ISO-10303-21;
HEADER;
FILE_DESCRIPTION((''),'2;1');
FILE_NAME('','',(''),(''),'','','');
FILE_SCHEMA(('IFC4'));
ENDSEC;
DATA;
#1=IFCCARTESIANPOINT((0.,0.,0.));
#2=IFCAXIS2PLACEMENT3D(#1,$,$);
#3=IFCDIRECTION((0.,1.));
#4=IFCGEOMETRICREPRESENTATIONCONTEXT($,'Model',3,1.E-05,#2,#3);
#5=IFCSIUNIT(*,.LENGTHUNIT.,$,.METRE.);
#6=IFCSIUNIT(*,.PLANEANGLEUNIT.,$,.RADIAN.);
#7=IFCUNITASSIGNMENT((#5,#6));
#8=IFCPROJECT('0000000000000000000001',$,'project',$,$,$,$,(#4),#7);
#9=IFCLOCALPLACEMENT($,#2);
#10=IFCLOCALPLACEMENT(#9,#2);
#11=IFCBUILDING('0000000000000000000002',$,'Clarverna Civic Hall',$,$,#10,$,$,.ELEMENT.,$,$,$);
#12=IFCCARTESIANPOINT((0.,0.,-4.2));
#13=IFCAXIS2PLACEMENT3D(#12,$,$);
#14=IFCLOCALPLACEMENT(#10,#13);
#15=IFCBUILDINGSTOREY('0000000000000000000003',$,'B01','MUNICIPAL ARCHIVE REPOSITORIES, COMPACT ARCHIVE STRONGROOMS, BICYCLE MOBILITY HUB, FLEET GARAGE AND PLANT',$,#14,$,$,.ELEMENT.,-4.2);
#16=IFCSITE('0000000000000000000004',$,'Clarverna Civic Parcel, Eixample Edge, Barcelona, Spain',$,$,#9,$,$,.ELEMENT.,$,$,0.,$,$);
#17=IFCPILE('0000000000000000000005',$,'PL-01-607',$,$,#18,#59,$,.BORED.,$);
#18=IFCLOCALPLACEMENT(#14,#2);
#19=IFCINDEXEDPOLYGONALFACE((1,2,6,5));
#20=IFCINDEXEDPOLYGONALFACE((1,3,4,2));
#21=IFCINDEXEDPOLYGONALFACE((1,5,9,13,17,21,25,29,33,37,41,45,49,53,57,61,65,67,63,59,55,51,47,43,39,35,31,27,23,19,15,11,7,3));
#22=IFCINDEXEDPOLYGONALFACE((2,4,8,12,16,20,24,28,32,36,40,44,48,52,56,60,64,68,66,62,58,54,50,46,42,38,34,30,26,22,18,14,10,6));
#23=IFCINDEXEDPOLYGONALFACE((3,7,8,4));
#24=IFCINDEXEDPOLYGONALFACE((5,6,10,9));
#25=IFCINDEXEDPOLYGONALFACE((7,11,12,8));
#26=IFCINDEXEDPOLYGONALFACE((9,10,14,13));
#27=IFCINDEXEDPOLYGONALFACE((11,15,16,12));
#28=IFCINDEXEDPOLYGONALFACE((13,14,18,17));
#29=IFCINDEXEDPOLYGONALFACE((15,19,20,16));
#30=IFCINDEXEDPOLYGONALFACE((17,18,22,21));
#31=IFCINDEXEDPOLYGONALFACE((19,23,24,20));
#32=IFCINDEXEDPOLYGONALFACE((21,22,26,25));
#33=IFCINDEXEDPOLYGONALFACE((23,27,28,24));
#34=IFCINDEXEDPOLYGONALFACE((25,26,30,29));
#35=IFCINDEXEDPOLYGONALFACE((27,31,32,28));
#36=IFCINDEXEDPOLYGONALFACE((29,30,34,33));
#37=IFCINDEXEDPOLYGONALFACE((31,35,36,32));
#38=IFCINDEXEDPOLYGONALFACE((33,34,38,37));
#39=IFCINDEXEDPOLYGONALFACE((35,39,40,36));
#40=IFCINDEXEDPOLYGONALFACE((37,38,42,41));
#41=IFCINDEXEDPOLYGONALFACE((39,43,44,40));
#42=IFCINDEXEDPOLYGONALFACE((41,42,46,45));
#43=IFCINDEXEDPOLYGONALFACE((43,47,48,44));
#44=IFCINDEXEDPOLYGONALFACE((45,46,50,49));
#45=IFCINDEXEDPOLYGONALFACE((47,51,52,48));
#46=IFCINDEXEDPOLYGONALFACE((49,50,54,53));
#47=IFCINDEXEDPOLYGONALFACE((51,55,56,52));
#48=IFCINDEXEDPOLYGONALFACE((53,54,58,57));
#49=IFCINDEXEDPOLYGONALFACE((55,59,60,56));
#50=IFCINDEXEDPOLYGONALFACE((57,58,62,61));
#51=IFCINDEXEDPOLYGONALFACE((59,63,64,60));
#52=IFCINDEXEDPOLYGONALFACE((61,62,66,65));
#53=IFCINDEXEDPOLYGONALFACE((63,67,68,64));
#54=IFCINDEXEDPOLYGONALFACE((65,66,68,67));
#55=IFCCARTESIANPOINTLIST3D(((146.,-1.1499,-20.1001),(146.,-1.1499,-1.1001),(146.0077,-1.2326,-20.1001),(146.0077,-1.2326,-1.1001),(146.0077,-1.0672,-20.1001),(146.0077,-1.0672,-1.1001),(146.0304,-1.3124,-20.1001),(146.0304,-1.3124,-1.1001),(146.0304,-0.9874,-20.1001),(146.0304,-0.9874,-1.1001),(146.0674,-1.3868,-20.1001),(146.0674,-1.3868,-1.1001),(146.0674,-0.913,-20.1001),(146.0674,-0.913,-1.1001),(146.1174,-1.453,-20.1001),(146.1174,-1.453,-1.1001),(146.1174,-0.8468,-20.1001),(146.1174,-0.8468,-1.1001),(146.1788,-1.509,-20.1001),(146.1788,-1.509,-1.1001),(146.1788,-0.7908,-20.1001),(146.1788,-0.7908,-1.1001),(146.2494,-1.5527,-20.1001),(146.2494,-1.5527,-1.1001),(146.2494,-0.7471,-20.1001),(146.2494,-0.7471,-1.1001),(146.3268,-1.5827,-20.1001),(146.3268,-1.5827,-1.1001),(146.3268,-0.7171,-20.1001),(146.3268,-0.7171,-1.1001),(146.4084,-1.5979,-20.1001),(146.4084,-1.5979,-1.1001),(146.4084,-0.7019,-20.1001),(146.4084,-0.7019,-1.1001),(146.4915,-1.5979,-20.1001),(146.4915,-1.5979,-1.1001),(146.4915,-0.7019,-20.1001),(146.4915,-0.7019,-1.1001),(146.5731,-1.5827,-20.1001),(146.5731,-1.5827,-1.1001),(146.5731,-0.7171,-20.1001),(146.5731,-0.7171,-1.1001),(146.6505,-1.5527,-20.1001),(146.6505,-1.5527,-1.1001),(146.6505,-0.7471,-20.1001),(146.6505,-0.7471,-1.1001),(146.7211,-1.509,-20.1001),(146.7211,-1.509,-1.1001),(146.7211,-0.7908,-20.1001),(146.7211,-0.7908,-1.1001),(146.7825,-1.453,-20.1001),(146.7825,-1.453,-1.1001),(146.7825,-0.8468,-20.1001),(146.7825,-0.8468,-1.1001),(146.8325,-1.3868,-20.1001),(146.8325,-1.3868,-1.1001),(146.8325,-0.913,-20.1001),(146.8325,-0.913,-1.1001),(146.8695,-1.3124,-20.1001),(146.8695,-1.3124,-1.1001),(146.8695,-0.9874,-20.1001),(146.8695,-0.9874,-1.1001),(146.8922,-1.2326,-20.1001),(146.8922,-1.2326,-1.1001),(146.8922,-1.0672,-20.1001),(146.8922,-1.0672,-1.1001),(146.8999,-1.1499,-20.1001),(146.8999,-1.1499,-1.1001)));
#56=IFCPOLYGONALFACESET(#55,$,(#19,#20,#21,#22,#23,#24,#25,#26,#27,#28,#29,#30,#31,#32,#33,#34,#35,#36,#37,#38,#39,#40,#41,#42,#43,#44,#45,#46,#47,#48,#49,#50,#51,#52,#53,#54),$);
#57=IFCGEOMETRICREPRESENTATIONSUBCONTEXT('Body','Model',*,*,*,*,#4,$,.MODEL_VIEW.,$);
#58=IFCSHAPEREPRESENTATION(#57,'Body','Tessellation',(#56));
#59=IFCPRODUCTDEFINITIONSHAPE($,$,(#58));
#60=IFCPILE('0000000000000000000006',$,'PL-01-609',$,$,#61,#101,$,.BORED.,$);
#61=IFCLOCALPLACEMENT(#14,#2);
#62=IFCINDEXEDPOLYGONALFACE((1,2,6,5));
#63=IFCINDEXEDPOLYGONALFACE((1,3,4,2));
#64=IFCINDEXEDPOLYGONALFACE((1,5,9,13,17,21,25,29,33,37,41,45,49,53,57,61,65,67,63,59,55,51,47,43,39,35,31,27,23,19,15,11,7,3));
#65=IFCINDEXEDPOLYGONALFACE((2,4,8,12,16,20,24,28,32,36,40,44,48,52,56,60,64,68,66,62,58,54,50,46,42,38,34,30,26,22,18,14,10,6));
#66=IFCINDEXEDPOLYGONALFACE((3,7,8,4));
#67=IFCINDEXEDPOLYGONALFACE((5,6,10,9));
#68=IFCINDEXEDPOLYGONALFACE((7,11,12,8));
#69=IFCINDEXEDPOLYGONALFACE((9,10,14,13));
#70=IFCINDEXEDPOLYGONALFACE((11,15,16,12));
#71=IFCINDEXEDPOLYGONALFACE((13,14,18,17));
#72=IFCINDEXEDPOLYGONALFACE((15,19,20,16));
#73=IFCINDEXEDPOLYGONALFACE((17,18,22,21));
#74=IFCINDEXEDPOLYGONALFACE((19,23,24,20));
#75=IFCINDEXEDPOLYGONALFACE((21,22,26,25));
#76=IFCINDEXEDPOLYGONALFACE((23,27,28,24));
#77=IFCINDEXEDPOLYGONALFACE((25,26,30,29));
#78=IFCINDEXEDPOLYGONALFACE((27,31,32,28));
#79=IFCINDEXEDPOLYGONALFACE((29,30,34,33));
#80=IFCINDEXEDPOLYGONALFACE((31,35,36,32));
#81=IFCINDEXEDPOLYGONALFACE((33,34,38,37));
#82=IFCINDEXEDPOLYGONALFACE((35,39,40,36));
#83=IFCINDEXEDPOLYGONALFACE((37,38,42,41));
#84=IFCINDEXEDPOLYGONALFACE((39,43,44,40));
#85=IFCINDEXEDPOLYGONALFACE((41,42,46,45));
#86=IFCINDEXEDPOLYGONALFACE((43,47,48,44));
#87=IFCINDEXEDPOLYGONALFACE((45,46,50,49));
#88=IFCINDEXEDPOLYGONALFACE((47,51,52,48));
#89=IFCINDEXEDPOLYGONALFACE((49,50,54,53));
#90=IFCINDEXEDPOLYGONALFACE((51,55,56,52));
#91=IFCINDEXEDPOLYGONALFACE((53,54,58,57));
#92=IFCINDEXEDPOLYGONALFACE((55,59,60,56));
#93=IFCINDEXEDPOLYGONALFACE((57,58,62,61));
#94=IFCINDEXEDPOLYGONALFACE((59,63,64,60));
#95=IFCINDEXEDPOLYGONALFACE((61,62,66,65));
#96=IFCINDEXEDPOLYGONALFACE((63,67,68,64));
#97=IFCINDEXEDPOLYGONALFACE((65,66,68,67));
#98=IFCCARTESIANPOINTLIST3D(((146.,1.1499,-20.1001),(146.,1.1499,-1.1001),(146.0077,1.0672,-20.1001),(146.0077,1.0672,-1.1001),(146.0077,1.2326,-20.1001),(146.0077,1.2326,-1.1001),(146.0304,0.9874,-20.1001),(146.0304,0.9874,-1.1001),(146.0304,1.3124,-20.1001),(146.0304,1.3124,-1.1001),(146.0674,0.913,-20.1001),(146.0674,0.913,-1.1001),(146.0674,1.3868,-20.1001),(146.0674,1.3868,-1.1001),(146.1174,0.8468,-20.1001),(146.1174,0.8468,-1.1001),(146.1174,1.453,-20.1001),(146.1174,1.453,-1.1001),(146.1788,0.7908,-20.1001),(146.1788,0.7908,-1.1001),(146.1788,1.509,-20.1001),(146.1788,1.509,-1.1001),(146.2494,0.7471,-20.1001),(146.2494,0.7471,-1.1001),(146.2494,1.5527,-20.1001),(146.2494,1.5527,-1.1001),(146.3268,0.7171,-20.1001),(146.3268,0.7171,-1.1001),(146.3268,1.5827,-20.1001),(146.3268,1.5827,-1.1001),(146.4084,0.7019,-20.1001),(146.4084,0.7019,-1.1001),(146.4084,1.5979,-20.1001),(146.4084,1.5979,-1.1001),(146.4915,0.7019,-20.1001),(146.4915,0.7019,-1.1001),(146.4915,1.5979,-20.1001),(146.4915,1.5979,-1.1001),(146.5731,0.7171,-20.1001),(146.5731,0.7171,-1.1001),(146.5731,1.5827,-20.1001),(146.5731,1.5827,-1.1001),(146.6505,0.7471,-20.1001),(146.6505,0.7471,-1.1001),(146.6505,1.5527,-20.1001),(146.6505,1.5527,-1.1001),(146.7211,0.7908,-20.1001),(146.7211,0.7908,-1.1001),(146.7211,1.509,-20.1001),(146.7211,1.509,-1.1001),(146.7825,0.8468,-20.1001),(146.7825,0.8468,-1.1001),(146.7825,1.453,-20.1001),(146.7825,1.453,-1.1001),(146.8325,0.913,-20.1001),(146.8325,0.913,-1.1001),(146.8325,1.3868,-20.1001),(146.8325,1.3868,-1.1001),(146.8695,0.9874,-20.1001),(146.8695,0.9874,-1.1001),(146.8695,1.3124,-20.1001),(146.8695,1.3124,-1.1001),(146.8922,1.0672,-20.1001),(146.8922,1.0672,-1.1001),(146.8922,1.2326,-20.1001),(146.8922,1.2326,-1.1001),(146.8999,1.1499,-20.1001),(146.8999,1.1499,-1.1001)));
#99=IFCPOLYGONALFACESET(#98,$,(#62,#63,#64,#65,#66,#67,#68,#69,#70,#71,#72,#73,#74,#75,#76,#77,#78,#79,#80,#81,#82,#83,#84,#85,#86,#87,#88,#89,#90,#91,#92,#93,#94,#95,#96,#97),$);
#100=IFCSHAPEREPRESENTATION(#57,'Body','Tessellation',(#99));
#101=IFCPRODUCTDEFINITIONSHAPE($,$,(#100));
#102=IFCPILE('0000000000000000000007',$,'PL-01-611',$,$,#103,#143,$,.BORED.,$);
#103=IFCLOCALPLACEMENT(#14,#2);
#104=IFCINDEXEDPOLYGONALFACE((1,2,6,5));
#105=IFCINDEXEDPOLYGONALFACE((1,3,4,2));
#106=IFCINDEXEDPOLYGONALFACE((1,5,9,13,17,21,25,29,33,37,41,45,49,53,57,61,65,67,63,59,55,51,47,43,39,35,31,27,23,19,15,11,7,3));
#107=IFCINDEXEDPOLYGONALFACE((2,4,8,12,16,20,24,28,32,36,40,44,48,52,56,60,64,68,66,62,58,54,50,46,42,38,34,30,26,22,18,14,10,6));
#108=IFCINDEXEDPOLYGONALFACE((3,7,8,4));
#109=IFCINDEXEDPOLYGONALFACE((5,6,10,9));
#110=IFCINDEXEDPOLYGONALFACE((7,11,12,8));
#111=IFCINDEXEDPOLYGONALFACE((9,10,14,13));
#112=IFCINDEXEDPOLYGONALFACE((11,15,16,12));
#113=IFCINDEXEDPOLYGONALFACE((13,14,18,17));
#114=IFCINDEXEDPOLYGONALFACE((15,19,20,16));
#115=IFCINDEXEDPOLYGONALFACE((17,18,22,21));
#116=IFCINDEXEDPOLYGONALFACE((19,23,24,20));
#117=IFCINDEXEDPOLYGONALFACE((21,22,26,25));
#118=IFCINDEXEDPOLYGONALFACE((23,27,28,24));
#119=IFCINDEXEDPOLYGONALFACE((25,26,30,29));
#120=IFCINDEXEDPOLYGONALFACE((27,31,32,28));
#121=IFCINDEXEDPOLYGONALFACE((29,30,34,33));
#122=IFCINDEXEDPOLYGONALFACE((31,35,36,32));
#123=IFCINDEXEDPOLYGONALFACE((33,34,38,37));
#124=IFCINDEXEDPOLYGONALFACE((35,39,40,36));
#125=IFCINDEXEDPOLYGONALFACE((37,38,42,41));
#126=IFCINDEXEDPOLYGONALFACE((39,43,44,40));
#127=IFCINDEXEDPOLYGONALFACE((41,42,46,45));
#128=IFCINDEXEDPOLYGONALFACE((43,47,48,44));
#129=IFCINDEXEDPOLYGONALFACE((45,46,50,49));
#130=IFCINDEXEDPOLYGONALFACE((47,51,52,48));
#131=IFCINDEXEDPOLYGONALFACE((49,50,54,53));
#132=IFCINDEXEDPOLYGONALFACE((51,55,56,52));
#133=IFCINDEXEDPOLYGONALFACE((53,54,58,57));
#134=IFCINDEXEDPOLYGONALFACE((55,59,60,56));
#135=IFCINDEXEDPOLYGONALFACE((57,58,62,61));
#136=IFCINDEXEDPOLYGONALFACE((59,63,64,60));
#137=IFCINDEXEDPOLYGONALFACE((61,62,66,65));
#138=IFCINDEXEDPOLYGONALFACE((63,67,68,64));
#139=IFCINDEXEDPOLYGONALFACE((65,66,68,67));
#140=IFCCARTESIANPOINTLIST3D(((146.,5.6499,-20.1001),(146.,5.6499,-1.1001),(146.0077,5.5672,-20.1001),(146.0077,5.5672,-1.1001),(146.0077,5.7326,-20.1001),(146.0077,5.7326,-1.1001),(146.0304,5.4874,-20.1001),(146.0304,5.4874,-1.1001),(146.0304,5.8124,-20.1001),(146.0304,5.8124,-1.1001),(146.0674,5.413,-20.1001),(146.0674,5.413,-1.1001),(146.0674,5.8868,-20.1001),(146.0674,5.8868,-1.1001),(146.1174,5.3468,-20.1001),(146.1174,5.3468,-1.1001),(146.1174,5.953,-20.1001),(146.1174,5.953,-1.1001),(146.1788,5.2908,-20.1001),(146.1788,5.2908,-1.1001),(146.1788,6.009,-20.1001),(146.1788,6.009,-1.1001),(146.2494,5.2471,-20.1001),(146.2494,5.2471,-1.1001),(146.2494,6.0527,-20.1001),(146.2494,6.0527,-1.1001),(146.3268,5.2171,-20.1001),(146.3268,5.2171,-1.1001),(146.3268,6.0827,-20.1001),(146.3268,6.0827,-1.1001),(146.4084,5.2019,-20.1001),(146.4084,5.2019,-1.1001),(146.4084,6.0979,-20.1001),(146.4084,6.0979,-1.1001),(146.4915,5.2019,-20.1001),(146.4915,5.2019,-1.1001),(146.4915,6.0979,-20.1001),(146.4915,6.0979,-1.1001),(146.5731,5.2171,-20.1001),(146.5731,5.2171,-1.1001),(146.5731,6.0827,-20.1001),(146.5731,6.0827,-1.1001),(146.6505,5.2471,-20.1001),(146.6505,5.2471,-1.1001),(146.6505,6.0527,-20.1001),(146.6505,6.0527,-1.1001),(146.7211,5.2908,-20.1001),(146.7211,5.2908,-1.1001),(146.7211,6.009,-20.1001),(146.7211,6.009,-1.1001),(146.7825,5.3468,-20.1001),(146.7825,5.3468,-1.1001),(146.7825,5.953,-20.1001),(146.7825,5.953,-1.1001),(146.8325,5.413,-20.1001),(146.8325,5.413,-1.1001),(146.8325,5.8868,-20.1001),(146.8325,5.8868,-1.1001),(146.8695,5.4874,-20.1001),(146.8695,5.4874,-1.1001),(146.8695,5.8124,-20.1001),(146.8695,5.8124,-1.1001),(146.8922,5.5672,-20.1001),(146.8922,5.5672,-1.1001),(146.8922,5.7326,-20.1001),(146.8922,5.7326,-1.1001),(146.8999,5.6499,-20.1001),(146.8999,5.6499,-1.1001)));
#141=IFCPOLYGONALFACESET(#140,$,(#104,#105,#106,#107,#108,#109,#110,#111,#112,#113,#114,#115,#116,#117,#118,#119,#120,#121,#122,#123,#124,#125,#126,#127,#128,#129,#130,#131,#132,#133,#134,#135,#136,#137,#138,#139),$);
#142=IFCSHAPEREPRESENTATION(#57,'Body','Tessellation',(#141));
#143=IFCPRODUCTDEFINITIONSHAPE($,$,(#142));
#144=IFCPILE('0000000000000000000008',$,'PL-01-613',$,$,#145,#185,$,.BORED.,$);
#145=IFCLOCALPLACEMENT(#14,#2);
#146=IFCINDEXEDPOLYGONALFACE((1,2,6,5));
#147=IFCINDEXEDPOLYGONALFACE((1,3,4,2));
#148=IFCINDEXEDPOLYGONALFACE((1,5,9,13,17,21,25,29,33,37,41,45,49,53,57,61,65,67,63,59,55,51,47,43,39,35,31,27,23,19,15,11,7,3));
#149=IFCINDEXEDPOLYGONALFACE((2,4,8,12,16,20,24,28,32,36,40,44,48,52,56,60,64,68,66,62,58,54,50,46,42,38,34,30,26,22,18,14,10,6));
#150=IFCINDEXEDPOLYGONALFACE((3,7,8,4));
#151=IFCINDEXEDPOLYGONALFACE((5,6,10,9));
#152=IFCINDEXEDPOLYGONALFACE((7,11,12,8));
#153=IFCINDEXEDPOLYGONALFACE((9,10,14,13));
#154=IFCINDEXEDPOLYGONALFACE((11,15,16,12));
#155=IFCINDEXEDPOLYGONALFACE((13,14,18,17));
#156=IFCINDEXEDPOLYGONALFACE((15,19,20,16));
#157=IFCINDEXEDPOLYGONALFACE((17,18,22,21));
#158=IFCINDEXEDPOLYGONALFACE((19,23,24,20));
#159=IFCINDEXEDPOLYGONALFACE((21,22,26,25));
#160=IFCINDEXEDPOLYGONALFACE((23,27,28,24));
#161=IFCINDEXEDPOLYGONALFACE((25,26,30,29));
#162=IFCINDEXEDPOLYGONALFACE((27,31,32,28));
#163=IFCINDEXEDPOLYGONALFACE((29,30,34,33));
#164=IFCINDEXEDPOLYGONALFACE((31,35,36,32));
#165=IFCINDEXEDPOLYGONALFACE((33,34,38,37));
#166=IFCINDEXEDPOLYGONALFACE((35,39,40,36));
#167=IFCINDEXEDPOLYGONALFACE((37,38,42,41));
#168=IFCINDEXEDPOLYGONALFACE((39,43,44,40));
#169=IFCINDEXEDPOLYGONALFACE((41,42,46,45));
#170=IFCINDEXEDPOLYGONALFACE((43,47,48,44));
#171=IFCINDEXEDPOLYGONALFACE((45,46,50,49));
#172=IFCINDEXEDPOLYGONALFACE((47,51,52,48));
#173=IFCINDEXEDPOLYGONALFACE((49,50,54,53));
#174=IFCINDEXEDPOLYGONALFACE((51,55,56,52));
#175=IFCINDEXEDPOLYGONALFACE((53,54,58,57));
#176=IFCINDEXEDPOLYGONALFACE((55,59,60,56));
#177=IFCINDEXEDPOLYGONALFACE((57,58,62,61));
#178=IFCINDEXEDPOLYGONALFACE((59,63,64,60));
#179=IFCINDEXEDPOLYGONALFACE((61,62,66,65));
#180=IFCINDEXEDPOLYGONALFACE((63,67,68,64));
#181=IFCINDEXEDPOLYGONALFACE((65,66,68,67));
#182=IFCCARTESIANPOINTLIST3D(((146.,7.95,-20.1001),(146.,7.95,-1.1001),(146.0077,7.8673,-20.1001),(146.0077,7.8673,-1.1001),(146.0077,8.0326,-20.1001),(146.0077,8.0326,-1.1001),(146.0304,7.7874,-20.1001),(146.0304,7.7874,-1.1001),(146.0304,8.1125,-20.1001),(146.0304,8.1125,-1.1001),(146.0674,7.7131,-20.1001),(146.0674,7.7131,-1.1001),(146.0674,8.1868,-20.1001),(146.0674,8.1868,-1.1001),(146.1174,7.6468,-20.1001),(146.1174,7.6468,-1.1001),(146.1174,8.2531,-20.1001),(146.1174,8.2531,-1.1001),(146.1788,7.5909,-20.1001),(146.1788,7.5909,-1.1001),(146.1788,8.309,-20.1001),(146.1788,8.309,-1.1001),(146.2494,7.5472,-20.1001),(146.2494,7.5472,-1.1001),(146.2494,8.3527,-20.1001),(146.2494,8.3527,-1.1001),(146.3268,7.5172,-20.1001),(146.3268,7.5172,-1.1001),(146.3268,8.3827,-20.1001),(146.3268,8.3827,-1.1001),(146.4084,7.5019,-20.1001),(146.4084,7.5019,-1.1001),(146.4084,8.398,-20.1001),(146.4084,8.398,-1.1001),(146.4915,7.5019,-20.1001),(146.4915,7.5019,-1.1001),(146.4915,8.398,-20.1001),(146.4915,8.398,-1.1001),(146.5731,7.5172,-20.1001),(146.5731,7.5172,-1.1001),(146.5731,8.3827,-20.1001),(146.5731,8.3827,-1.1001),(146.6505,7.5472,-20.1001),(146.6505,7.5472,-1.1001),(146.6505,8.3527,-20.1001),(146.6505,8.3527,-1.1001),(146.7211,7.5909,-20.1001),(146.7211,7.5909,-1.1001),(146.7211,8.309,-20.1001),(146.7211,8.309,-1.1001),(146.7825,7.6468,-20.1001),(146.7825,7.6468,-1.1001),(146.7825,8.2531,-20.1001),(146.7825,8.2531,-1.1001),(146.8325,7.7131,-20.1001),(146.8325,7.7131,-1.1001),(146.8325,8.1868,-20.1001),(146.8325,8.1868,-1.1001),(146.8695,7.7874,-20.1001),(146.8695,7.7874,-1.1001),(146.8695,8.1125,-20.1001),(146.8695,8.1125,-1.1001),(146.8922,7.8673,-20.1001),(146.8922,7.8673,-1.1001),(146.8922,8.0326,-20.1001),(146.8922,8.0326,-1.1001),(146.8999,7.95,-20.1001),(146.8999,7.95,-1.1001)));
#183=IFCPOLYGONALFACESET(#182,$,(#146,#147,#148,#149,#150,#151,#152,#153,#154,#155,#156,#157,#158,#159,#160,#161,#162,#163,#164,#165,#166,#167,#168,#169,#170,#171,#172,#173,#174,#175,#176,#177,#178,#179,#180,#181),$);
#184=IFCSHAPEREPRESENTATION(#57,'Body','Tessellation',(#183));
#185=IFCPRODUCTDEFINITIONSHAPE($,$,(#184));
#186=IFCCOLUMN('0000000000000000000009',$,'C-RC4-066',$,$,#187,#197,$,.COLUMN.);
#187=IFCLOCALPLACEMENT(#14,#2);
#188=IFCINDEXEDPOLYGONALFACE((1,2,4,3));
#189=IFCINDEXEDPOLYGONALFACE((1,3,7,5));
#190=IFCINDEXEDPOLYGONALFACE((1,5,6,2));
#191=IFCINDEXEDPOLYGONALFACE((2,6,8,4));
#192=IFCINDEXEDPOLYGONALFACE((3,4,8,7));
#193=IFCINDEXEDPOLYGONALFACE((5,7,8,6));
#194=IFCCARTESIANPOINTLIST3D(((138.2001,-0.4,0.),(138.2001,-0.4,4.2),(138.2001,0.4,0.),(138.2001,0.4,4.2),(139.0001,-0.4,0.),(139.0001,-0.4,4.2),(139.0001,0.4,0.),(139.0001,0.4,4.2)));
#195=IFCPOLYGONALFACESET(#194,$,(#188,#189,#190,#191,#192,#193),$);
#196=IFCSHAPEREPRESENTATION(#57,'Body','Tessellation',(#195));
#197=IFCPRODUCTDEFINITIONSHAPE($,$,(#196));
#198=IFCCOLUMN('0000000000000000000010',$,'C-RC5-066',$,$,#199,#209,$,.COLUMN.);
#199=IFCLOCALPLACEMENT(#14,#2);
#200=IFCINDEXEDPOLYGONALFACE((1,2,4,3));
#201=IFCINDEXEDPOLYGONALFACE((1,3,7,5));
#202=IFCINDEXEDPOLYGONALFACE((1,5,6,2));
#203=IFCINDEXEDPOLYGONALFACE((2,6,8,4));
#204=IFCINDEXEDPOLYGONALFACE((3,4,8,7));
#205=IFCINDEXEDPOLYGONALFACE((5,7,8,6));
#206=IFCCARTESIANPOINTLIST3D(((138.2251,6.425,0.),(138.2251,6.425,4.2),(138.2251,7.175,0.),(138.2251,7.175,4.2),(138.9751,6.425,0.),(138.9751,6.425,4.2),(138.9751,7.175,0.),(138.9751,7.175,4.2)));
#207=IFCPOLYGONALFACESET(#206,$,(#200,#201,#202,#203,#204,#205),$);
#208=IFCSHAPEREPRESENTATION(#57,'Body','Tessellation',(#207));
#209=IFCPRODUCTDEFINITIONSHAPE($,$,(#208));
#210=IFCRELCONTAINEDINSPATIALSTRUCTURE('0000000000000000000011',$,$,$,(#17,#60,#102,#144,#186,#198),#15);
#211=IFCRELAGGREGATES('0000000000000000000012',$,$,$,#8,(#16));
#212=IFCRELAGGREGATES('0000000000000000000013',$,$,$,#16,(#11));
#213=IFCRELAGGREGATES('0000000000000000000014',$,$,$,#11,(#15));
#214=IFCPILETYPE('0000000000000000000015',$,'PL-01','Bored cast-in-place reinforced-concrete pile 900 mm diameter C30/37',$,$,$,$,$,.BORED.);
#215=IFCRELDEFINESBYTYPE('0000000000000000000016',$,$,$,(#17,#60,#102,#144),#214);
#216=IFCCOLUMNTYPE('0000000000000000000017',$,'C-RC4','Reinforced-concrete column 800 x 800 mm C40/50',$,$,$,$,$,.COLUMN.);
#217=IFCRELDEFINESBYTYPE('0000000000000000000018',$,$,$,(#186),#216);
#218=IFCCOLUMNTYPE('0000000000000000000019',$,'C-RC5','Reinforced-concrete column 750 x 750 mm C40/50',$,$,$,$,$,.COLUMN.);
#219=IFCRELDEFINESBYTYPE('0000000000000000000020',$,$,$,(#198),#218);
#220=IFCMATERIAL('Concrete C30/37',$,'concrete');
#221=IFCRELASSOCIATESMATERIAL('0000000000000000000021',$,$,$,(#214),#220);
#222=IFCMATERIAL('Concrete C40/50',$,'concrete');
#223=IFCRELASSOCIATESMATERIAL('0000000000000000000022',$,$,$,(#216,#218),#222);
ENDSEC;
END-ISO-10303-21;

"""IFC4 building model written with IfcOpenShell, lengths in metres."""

from ifc_helpers import new_model, si_unit, direction, frame, origin, origin_2d, place, context, subcontext, project, spatial, rectangle, circle, extrude, material, material_profile, profile_set, type_object, element, save


model = new_model("IFC4")

# Units and contexts
model_context = context("Model", 3, precision=1e-05, world=origin(), true_north=direction((0.0, 1.0)))
body_context = subcontext(model_context, "Body", "Model", "MODEL_VIEW")
ifc_project = project(units=[si_unit("LENGTHUNIT", "METRE"), si_unit("PLANEANGLEUNIT", "RADIAN")], contexts=[model_context])

# Site, building, storey
site_placement = place(None, origin())
site = spatial("IfcSite", under=ifc_project, at=site_placement, Name="Clarverna Civic Parcel, Eixample Edge, Barcelona, Spain", CompositionType="ELEMENT", RefElevation=0.0)
building_placement = place(site_placement, origin())
building = spatial("IfcBuilding", under=site, at=building_placement, Name="Clarverna Civic Hall", CompositionType="ELEMENT")
storey_placement = place(building_placement, frame((0.0, 0.0, -4.2)))
storey = spatial("IfcBuildingStorey", under=building, at=storey_placement, Name="B01", Description="MUNICIPAL ARCHIVE REPOSITORIES, COMPACT ARCHIVE STRONGROOMS, BICYCLE MOBILITY HUB, FLEET GARAGE AND PLANT", CompositionType="ELEMENT", Elevation=-4.2)

# Shared definitions
ifc_material_1 = material(Name="Concrete C30/37", Category="concrete")

# Piles
ifc_material_profile_1 = material_profile(ifc_material_1, circle(Radius=0.45, at=origin_2d()), Name="BORED PILE D900")
ifc_profile_set_1 = profile_set([ifc_material_profile_1], Name="Concrete C30/37")
pile_type = type_object("IfcPileType", Name="PL-01", Description="Bored cast-in-place reinforced-concrete pile 900 mm diameter C30/37", PredefinedType="BORED", material=ifc_profile_set_1)
for number, where, z_axis, x_axis, name in (
    (1, (146.45, -1.1499, -1.1001), (0.0, 0.0, -1.0), (1.0, 0.0, 0.0), "PL-01-607"),
    (2, (146.45, 1.1499, -1.1001), (0.0, 0.0, -1.0), (1.0, 0.0, 0.0), "PL-01-609"),
    (3, (146.45, 5.6499, -1.1001), (0.0, 0.0, -1.0), (1.0, 0.0, 0.0), "PL-01-611"),
    (4, (146.45, 7.95, -1.1001), (0.0, 0.0, -1.0), (1.0, 0.0, 0.0), "PL-01-613"),
):
    element("IfcPile", number, at=place(storey_placement, frame(where, z_axis=z_axis, x_axis=x_axis)), inside=storey, type_object=pile_type, Name=name, PredefinedType="BORED", context=body_context, shape_type="SweptSolid", body=[
        extrude(circle(Radius=0.45, at=origin_2d()), origin(), (0.0, 0.0, 1.0), 19.0),
    ])

# Columns
ifc_material_2 = material(Name="Concrete C40/50", Category="concrete")
ifc_material_profile_2 = material_profile(ifc_material_2, rectangle(XDim=0.8, YDim=0.8, at=origin_2d()), Name="RC 800x800")
ifc_profile_set_2 = profile_set([ifc_material_profile_2], Name="Concrete C40/50")
column_type_1 = type_object("IfcColumnType", Name="C-RC4", Description="Reinforced-concrete column 800 x 800 mm C40/50", PredefinedType="COLUMN", material=ifc_profile_set_2)
column_placement = place(storey_placement, frame((138.6001, 0.0, 0.0), z_axis=(0.0, 0.0, 1.0), x_axis=(1.0, 0.0, 0.0)))
element("IfcColumn", 5, at=column_placement, inside=storey, type_object=column_type_1, Name="C-RC4-066", PredefinedType="COLUMN", context=body_context, shape_type="SweptSolid", body=[
    extrude(rectangle(XDim=0.8, YDim=0.8, at=origin_2d()), origin(), (0.0, 0.0, 1.0), 4.2),
])
ifc_material_profile_3 = material_profile(ifc_material_2, rectangle(XDim=0.75, YDim=0.75, at=origin_2d()), Name="RC 750x750")
ifc_profile_set_3 = profile_set([ifc_material_profile_3], Name="Concrete C40/50")
column_type_2 = type_object("IfcColumnType", Name="C-RC5", Description="Reinforced-concrete column 750 x 750 mm C40/50", PredefinedType="COLUMN", material=ifc_profile_set_3)
for number, where, z_axis, x_axis, name in (
    (6, (138.6001, 6.8, 0.0), (0.0, 0.0, 1.0), (1.0, 0.0, 0.0), "C-RC5-066"),
):
    element("IfcColumn", number, at=place(storey_placement, frame(where, z_axis=z_axis, x_axis=x_axis)), inside=storey, type_object=column_type_2, Name=name, PredefinedType="COLUMN", context=body_context, shape_type="SweptSolid", body=[
        extrude(rectangle(XDim=0.75, YDim=0.75, at=origin_2d()), origin(), (0.0, 0.0, 1.0), 4.2),
    ])

save(model, "model.ifc")
